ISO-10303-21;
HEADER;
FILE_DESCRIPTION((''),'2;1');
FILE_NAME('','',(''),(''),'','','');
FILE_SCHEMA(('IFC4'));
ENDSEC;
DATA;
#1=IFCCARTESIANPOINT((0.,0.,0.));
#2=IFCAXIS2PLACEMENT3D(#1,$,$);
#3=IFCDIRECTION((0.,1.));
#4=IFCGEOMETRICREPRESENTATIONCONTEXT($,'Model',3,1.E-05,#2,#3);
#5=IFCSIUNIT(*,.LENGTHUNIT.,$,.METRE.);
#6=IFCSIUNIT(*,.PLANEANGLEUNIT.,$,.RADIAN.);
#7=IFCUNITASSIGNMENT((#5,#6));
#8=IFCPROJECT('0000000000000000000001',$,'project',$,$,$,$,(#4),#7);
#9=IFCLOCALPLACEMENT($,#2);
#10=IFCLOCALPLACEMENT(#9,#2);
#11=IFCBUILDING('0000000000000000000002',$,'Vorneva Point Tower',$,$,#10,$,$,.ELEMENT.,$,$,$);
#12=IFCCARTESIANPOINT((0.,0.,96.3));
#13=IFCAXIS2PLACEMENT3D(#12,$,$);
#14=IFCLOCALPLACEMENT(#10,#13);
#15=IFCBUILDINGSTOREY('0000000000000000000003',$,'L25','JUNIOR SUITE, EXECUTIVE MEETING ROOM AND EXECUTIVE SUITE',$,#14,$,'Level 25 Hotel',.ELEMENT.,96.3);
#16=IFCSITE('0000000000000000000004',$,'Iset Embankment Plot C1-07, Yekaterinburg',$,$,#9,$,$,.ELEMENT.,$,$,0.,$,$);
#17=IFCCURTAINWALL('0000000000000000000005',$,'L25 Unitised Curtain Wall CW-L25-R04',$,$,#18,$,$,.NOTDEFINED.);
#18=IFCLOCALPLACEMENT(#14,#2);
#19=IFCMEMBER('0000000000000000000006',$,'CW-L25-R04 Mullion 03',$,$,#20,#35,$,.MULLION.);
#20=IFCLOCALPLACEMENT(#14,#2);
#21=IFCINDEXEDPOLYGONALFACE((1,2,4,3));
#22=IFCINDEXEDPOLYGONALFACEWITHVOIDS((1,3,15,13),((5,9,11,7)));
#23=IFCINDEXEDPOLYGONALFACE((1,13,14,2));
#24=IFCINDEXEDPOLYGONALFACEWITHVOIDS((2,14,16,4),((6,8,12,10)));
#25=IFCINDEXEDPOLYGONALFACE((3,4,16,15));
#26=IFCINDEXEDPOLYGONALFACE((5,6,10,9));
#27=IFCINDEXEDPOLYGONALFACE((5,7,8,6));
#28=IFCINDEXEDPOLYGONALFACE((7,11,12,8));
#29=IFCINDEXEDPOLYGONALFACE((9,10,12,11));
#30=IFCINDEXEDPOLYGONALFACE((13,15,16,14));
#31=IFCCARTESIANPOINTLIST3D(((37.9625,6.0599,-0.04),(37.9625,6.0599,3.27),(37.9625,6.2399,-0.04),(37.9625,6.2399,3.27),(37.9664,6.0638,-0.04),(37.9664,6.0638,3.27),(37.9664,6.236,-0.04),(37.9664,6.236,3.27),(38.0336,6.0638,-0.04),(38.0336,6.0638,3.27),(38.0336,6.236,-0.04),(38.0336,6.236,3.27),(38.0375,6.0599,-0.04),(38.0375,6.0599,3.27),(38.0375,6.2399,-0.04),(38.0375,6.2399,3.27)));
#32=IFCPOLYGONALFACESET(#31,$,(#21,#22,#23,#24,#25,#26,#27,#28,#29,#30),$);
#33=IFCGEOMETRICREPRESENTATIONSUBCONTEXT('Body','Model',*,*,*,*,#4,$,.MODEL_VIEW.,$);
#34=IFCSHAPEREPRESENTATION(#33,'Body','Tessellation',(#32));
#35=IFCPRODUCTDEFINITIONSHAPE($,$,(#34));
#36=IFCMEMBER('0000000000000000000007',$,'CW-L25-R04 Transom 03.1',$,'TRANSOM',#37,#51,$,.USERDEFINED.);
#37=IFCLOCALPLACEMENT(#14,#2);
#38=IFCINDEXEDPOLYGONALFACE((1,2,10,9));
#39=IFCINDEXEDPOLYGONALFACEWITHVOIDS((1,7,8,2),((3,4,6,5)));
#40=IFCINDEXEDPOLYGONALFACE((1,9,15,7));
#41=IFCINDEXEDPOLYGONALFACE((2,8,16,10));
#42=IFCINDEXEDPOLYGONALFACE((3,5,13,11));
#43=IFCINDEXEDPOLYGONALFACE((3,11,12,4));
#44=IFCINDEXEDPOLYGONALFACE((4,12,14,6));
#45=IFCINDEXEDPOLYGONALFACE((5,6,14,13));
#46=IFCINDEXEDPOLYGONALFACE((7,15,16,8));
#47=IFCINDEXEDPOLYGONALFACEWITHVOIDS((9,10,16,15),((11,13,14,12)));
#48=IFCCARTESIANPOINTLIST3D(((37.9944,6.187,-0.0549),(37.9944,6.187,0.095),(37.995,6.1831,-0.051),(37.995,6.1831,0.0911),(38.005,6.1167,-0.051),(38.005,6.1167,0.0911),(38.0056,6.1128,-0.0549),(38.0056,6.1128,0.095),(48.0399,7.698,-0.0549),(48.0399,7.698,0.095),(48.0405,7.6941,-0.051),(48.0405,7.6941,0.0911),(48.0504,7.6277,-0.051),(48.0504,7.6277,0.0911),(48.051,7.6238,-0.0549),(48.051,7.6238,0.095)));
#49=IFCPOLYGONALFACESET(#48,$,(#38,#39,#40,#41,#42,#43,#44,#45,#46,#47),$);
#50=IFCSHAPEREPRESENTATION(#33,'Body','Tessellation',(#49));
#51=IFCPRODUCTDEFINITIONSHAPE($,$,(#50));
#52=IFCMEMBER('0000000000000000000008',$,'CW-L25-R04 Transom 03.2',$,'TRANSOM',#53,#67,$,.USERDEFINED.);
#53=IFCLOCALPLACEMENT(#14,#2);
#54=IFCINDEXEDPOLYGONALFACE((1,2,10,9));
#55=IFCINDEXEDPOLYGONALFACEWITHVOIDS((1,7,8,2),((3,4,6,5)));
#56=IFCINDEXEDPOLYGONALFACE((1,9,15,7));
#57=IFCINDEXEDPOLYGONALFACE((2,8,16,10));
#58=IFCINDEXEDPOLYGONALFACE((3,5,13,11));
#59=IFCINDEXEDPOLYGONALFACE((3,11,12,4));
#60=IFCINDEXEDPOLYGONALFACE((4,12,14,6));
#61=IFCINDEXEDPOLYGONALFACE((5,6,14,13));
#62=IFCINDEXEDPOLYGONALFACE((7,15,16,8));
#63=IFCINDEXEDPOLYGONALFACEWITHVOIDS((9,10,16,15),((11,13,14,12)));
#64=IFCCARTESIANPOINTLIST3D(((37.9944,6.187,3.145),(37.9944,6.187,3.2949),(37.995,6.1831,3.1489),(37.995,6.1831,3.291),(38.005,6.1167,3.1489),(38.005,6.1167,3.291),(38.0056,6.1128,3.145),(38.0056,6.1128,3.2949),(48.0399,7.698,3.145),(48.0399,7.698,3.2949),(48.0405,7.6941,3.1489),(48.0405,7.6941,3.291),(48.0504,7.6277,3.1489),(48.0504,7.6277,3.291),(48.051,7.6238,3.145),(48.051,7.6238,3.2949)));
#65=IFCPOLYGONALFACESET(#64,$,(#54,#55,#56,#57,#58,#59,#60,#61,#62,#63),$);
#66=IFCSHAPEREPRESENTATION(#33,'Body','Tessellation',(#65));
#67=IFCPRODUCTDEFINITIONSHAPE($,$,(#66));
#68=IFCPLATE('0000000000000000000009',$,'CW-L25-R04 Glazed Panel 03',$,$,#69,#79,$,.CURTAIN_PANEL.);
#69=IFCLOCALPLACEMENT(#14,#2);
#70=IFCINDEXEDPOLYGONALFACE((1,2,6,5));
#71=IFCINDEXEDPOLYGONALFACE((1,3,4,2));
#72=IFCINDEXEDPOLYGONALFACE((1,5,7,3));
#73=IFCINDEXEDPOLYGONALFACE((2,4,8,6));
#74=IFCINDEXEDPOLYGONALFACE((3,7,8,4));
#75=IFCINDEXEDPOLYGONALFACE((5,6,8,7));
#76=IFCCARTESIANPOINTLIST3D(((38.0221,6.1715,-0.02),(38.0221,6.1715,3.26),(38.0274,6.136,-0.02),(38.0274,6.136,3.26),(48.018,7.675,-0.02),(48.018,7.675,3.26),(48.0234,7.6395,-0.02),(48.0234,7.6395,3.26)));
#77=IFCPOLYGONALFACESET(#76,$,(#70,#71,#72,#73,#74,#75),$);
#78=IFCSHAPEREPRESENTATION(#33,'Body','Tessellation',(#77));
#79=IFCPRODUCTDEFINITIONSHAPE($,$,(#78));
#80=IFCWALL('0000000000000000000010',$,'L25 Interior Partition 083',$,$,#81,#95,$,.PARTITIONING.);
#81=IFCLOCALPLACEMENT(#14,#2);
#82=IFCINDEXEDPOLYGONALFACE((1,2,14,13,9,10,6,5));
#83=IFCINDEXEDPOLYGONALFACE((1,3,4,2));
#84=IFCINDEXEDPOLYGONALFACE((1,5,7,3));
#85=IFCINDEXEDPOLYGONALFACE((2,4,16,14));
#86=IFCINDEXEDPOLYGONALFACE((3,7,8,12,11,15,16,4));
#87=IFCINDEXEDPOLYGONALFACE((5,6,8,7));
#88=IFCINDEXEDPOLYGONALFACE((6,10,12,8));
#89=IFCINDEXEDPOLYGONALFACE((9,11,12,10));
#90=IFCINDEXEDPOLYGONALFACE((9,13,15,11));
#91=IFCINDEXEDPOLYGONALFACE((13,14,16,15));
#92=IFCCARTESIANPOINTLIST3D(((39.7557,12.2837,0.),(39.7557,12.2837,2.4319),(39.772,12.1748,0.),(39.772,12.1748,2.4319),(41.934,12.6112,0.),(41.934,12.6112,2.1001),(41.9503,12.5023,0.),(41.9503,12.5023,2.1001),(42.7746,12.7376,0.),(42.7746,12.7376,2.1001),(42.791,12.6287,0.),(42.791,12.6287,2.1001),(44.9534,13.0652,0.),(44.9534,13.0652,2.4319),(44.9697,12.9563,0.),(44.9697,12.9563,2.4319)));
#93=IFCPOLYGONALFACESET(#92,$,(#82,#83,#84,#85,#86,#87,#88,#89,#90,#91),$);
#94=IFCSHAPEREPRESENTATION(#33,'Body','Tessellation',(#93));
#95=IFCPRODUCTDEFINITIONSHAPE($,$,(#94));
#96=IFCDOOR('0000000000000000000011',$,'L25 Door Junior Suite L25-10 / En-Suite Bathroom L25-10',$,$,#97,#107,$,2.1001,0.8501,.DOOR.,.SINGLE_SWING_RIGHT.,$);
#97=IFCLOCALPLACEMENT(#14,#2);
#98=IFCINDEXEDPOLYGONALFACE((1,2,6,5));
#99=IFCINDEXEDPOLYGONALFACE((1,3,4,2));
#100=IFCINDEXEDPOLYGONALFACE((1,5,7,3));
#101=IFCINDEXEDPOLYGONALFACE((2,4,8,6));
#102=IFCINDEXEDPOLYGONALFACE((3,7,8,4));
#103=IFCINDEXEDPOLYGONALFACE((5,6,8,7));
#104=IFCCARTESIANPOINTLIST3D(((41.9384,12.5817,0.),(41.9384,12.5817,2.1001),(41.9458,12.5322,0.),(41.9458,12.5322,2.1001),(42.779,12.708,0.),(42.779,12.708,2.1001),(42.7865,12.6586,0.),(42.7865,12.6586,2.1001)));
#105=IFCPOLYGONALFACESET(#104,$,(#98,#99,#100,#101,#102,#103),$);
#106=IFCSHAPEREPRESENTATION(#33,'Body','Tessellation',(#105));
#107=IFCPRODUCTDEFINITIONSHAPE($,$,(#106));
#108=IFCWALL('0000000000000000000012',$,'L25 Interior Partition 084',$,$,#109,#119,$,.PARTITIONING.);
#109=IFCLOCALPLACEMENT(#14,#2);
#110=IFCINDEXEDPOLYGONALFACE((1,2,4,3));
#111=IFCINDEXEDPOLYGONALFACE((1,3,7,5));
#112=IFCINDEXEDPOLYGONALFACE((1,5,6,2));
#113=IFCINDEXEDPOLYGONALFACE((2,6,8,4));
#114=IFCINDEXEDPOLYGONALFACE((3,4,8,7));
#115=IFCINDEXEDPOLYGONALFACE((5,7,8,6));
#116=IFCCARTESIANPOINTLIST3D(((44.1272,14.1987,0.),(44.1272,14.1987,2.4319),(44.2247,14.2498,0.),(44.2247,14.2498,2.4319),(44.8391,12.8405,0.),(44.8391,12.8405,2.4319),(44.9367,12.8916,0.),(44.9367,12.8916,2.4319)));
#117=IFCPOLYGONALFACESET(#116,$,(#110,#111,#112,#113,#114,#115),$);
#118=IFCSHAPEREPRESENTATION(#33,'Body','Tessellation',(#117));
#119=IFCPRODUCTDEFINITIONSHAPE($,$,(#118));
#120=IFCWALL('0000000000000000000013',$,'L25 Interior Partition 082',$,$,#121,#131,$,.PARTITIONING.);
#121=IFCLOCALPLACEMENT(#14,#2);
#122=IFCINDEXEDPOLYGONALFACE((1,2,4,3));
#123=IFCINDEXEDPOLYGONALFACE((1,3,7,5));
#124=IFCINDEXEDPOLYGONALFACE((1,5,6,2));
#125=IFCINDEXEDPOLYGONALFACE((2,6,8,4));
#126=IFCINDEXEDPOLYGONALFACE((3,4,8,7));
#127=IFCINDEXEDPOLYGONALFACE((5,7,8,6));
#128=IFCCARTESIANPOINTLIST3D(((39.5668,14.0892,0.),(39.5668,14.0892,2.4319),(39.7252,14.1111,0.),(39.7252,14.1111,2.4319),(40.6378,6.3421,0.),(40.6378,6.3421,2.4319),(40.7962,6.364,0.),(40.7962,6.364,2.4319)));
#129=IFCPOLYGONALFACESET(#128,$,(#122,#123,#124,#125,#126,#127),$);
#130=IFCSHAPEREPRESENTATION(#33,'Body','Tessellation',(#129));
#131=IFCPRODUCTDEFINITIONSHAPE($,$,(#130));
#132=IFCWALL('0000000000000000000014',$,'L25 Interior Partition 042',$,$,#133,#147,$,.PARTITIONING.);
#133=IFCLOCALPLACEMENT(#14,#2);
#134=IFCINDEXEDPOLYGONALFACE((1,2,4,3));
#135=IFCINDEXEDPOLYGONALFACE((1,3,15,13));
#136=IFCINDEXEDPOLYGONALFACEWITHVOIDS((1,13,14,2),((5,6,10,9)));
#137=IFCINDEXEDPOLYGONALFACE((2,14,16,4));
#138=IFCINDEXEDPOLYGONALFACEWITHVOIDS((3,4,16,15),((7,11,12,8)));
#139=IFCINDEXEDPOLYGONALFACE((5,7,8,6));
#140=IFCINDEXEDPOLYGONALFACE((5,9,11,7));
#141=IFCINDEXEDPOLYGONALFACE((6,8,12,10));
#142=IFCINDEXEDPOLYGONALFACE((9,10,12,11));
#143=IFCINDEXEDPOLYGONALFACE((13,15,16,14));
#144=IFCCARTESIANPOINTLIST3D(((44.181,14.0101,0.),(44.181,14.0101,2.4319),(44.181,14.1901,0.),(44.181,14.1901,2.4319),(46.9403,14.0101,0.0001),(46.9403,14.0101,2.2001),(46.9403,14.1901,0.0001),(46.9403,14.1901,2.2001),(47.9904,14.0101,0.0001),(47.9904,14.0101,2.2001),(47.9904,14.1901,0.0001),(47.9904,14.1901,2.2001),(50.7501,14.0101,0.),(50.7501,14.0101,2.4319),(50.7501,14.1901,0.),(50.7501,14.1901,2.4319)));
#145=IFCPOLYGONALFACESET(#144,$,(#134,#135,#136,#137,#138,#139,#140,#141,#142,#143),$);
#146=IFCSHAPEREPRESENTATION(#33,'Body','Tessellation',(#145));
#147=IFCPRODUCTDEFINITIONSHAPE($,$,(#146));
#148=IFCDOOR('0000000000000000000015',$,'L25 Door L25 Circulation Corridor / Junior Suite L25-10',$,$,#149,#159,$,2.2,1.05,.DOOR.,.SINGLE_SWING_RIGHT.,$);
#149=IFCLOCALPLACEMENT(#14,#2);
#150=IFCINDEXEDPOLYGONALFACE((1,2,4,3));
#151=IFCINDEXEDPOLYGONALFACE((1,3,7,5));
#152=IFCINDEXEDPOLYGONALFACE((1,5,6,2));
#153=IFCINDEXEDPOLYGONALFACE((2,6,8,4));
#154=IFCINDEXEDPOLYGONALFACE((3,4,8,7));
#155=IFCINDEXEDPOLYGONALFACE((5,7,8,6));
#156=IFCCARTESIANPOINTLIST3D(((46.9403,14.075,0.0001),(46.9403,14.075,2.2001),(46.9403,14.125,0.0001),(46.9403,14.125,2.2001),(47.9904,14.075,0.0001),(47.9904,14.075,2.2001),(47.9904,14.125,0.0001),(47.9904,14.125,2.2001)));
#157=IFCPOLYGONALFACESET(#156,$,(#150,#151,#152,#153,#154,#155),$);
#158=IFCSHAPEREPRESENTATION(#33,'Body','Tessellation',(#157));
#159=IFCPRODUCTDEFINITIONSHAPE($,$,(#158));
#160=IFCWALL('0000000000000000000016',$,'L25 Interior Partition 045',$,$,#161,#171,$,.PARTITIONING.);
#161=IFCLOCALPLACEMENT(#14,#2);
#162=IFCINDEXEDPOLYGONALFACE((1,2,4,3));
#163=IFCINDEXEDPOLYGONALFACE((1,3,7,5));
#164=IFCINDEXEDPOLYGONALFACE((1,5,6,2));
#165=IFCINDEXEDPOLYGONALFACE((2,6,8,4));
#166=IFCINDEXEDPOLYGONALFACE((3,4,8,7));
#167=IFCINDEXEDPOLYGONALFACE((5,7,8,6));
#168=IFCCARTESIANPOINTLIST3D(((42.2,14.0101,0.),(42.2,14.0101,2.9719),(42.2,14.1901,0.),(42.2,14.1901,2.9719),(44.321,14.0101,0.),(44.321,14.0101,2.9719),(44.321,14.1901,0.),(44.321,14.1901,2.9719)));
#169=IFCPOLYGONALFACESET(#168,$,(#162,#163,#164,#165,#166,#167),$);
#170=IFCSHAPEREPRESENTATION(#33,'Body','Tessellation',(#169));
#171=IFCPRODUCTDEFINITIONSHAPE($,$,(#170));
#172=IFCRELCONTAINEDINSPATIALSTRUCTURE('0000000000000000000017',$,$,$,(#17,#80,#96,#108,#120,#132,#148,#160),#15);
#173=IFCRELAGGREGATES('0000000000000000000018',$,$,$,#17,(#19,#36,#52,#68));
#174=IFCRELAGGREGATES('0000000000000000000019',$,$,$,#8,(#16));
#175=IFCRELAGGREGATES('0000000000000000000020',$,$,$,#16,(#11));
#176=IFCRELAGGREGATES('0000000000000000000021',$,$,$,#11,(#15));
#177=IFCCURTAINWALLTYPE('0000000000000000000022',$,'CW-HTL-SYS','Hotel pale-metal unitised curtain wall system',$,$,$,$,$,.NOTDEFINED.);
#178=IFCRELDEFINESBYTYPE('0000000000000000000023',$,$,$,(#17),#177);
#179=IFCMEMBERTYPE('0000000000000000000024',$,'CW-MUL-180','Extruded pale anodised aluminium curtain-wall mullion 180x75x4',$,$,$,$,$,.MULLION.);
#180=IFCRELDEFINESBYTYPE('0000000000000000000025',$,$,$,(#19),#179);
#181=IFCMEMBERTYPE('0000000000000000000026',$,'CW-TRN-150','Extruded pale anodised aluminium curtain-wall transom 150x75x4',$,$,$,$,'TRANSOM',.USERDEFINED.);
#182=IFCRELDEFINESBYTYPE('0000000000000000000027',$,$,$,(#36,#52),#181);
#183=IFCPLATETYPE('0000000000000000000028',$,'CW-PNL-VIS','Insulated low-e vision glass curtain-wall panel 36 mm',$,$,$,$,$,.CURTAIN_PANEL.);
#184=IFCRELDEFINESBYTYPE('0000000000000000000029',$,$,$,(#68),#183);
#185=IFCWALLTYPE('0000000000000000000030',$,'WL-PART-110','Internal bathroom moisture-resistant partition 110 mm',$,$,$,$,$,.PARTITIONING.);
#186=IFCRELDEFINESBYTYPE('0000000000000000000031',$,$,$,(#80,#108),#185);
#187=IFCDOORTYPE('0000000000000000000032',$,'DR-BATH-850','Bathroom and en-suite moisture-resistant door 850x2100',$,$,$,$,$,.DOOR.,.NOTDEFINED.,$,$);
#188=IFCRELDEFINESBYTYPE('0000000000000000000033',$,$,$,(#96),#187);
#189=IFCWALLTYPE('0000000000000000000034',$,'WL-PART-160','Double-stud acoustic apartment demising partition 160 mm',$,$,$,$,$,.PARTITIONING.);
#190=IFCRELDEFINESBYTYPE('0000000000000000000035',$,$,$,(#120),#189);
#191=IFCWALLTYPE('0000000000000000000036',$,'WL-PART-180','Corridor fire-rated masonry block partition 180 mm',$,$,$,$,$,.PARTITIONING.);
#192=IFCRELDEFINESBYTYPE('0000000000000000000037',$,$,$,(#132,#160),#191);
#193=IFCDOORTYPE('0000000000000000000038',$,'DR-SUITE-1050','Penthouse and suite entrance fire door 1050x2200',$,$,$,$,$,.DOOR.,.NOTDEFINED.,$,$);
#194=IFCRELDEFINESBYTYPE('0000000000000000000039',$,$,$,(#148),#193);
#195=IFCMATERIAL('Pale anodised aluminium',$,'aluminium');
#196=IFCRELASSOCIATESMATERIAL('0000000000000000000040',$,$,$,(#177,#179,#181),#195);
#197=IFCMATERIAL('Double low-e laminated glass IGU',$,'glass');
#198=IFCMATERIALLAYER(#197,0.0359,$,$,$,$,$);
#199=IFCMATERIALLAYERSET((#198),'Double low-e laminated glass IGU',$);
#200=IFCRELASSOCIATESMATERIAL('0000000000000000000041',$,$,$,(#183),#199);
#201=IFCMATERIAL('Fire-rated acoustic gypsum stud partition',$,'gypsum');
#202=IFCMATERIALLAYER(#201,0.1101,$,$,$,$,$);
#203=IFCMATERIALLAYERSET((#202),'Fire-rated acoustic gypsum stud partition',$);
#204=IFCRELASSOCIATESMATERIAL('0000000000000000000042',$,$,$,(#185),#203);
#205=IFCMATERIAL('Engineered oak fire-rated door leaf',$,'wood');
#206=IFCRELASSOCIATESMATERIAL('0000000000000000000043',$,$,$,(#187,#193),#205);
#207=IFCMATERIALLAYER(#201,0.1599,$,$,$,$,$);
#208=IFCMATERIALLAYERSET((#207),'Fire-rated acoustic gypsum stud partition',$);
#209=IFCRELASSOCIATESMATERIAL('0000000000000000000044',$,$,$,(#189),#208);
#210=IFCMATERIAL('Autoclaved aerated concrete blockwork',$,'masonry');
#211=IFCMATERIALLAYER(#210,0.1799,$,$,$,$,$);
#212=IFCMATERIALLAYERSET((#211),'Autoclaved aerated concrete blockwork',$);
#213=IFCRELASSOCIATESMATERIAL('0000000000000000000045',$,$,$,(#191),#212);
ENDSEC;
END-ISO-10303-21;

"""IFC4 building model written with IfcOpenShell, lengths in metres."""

from ifc_helpers import new_model, si_unit, direction, frame, frame_2d, origin, origin_2d, place, context, subcontext, project, spatial, rectangle, hollow_rectangle, extrude, material, layer, layer_set, material_profile, profile_set, type_object, element, fill, aggregate, save


model = new_model("IFC4")

# Units and contexts
model_context = context("Model", 3, precision=1e-05, world=origin(), true_north=direction((0.0, 1.0)))
body_context = subcontext(model_context, "Body", "Model", "MODEL_VIEW")
ifc_project = project(units=[si_unit("LENGTHUNIT", "METRE"), si_unit("PLANEANGLEUNIT", "RADIAN")], contexts=[model_context])

# Site, building, storey
site_placement = place(None, origin())
site = spatial("IfcSite", under=ifc_project, at=site_placement, Name="Iset Embankment Plot C1-07, Yekaterinburg", CompositionType="ELEMENT", RefElevation=0.0)
building_placement = place(site_placement, origin())
building = spatial("IfcBuilding", under=site, at=building_placement, Name="Vorneva Point Tower", CompositionType="ELEMENT")
storey_placement = place(building_placement, frame((0.0, 0.0, 96.3)))
storey = spatial("IfcBuildingStorey", under=building, at=storey_placement, Name="L25", Description="JUNIOR SUITE, EXECUTIVE MEETING ROOM AND EXECUTIVE SUITE", LongName="Level 25 Hotel", CompositionType="ELEMENT", Elevation=96.3)

# Curtain wall, members, plate
ifc_material_1 = material(Name="Pale anodised aluminium", Category="aluminium")
curtain_wall_type = type_object("IfcCurtainWallType", Name="CW-HTL-SYS", Description="Hotel pale-metal unitised curtain wall system", PredefinedType="NOTDEFINED", material=ifc_material_1)
curtain_wall_placement = place(storey_placement, origin())
curtain_wall = element("IfcCurtainWall", 1, at=curtain_wall_placement, inside=storey, type_object=curtain_wall_type, Name="L25 Unitised Curtain Wall CW-L25-R04", PredefinedType="NOTDEFINED")
ifc_material_profile_1 = material_profile(ifc_material_1, hollow_rectangle(XDim=0.075, YDim=0.1799, WallThickness=0.0039, at=origin_2d()), Name="AL-MUL 180x75x4")
ifc_profile_set_1 = profile_set([ifc_material_profile_1], Name="Pale anodised aluminium")
member_type_1 = type_object("IfcMemberType", Name="CW-MUL-180", Description="Extruded pale anodised aluminium curtain-wall mullion 180x75x4", PredefinedType="MULLION", material=ifc_profile_set_1)
member_1_placement = place(storey_placement, frame((38.0, 6.1499, -0.04), z_axis=(0.0, 0.0, 1.0), x_axis=(1.0, 0.0, 0.0)))
member_1 = element("IfcMember", 2, at=member_1_placement, type_object=member_type_1, Name="CW-L25-R04 Mullion 03", PredefinedType="MULLION", context=body_context, shape_type="SweptSolid", body=[
    extrude(hollow_rectangle(XDim=0.075, YDim=0.1799, WallThickness=0.0039, at=origin_2d()), origin(), (0.0, 0.0, 1.0), 3.3101),
])
ifc_material_profile_2 = material_profile(ifc_material_1, hollow_rectangle(XDim=0.075, YDim=0.1499, WallThickness=0.0039, at=origin_2d()), Name="AL-TRN 150x75x4")
ifc_profile_set_2 = profile_set([ifc_material_profile_2], Name="Pale anodised aluminium")
member_type_2 = type_object("IfcMemberType", Name="CW-TRN-150", Description="Extruded pale anodised aluminium curtain-wall transom 150x75x4", ElementType="TRANSOM", PredefinedType="USERDEFINED", material=ifc_profile_set_2)
member_2_placement = place(storey_placement, frame((38.0, 6.1499, 0.02), z_axis=(0.988876, 0.148742, 0.0), x_axis=(-0.148742, 0.988876, 0.0)))
member_2 = element("IfcMember", 3, at=member_2_placement, type_object=member_type_2, Name="CW-L25-R04 Transom 03.1", ObjectType="TRANSOM", PredefinedType="USERDEFINED", context=body_context, shape_type="SweptSolid", body=[
    extrude(hollow_rectangle(XDim=0.075, YDim=0.1499, WallThickness=0.0039, at=origin_2d()), origin(), (0.0, 0.0, 1.0), 10.1584),
])
member_3_placement = place(storey_placement, frame((38.0, 6.1499, 3.22), z_axis=(0.988876, 0.148742, 0.0), x_axis=(-0.148742, 0.988876, 0.0)))
member_3 = element("IfcMember", 4, at=member_3_placement, type_object=member_type_2, Name="CW-L25-R04 Transom 03.2", ObjectType="TRANSOM", PredefinedType="USERDEFINED", context=body_context, shape_type="SweptSolid", body=[
    extrude(hollow_rectangle(XDim=0.075, YDim=0.1499, WallThickness=0.0039, at=origin_2d()), origin(), (0.0, 0.0, 1.0), 10.1584),
])
ifc_material_2 = material(Name="Double low-e laminated glass IGU", Category="glass")
ifc_layer_1 = layer(ifc_material_2, 0.0359)
ifc_layer_set_1 = layer_set([ifc_layer_1], Name="Double low-e laminated glass IGU")
plate_type = type_object("IfcPlateType", Name="CW-PNL-VIS", Description="Insulated low-e vision glass curtain-wall panel 36 mm", PredefinedType="CURTAIN_PANEL", material=ifc_layer_set_1)
plate_placement = place(storey_placement, frame((43.0227, 6.9055, -0.02), z_axis=(0.0, 0.0, 1.0), x_axis=(0.988876, 0.148741, 0.0)))
plate = element("IfcPlate", 5, at=plate_placement, type_object=plate_type, Name="CW-L25-R04 Glazed Panel 03", PredefinedType="CURTAIN_PANEL", context=body_context, shape_type="SweptSolid", body=[
    extrude(rectangle(XDim=10.1084, YDim=0.0359, at=origin_2d()), origin(), (0.0, 0.0, 1.0), 3.28),
])
aggregate(curtain_wall, [member_1, member_2, member_3, plate])

# Wall, opening, door
ifc_material_3 = material(Name="Fire-rated acoustic gypsum stud partition", Category="gypsum")
ifc_layer_2 = layer(ifc_material_3, 0.1101)
ifc_layer_set_2 = layer_set([ifc_layer_2], Name="Fire-rated acoustic gypsum stud partition")
wall_type_1 = type_object("IfcWallType", Name="WL-PART-110", Description="Internal bathroom moisture-resistant partition 110 mm", PredefinedType="PARTITIONING", material=ifc_layer_set_2)
wall_1_placement = place(storey_placement, frame((44.9614, 13.0107, 0.0), z_axis=(0.0, 0.0, 1.0), x_axis=(-0.988885, -0.148681, 0.0)))
wall_1 = element("IfcWall", 6, at=wall_1_placement, inside=storey, type_object=wall_type_1, Name="L25 Interior Partition 083", PredefinedType="PARTITIONING", context=body_context, shape_type="SweptSolid", body=[
    extrude(rectangle(XDim=5.2561, YDim=0.1101, at=frame_2d((2.6279, 0.0))), origin(), (0.0, 0.0, 1.0), 2.4319),
])
opening_1_placement = place(wall_1_placement, frame((2.2031, 0.0, 0.0)))
opening_1 = element("IfcOpeningElement", 7, at=opening_1_placement, cuts=wall_1, PredefinedType="OPENING", context=body_context, shape_type="SweptSolid", body=[
    extrude(rectangle(XDim=0.8501, YDim=2.1001, at=frame_2d((0.425, 1.05))), frame((0.0, 0.0698, 0.0), z_axis=(0.0, -1.0, 0.0), x_axis=(1.0, 0.0, 0.0)), (0.0, 0.0, 1.0), 0.1399),
])
ifc_material_4 = material(Name="Engineered oak fire-rated door leaf", Category="wood")
door_type_1 = type_object("IfcDoorType", Name="DR-BATH-850", Description="Bathroom and en-suite moisture-resistant door 850x2100", OperationType="NOTDEFINED", PredefinedType="DOOR", material=ifc_material_4)
door_1_placement = place(opening_1_placement, origin())
door_1 = element("IfcDoor", 8, at=door_1_placement, inside=storey, type_object=door_type_1, Name="L25 Door Junior Suite L25-10 / En-Suite Bathroom L25-10", OperationType="SINGLE_SWING_RIGHT", OverallHeight=2.1001, OverallWidth=0.8501, PredefinedType="DOOR", context=body_context, shape_type="SweptSolid", body=[
    extrude(rectangle(XDim=0.8501, YDim=2.1001, at=frame_2d((0.425, 1.05))), frame((0.0, 0.0249, 0.0), z_axis=(0.0, -1.0, 0.0), x_axis=(1.0, 0.0, 0.0)), (0.0, 0.0, 1.0), 0.05),
])
fill(opening_1, door_1)

# Walls
wall_2_placement = place(storey_placement, frame((44.176, 14.2241, 0.0), z_axis=(0.0, 0.0, 1.0), x_axis=(0.464263, -0.885697, 0.0)))
element("IfcWall", 9, at=wall_2_placement, inside=storey, type_object=wall_type_1, Name="L25 Interior Partition 084", PredefinedType="PARTITIONING", context=body_context, shape_type="SweptSolid", body=[
    extrude(rectangle(XDim=1.5334, YDim=0.1101, at=frame_2d((0.7666, 0.0))), origin(), (0.0, 0.0, 1.0), 2.4319),
])
ifc_layer_3 = layer(ifc_material_3, 0.1599)
ifc_layer_set_3 = layer_set([ifc_layer_3], Name="Fire-rated acoustic gypsum stud partition")
wall_type_2 = type_object("IfcWallType", Name="WL-PART-160", Description="Double-stud acoustic apartment demising partition 160 mm", PredefinedType="PARTITIONING", material=ifc_layer_set_3)
wall_3_placement = place(storey_placement, frame((40.717, 6.353, 0.0), z_axis=(0.0, 0.0, 1.0), x_axis=(-0.136949, 0.990578, 0.0)))
element("IfcWall", 10, at=wall_3_placement, inside=storey, type_object=wall_type_2, Name="L25 Interior Partition 082", PredefinedType="PARTITIONING", context=body_context, shape_type="SweptSolid", body=[
    extrude(rectangle(XDim=7.8208, YDim=0.1599, at=frame_2d((3.9104, 0.0))), origin(), (0.0, 0.0, 1.0), 2.4319),
])

# Wall, opening, door
ifc_material_5 = material(Name="Autoclaved aerated concrete blockwork", Category="masonry")
ifc_layer_4 = layer(ifc_material_5, 0.1799)
ifc_layer_set_4 = layer_set([ifc_layer_4], Name="Autoclaved aerated concrete blockwork")
wall_type_3 = type_object("IfcWallType", Name="WL-PART-180", Description="Corridor fire-rated masonry block partition 180 mm", PredefinedType="PARTITIONING", material=ifc_layer_set_4)
wall_4_placement = place(storey_placement, frame((44.1809, 14.1001, 0.0), z_axis=(0.0, 0.0, 1.0), x_axis=(1.0, 0.0, 0.0)))
wall_4 = element("IfcWall", 11, at=wall_4_placement, inside=storey, type_object=wall_type_3, Name="L25 Interior Partition 042", PredefinedType="PARTITIONING", context=body_context, shape_type="SweptSolid", body=[
    extrude(rectangle(XDim=6.5691, YDim=0.1799, at=frame_2d((3.2847, 0.0))), origin(), (0.0, 0.0, 1.0), 2.4319),
])
opening_2_placement = place(wall_4_placement, frame((2.7595, 0.0, 0.0)))
opening_2 = element("IfcOpeningElement", 12, at=opening_2_placement, cuts=wall_4, PredefinedType="OPENING", context=body_context, shape_type="SweptSolid", body=[
    extrude(rectangle(XDim=1.05, YDim=2.2, at=frame_2d((0.5249, 1.1001))), frame((0.0, 0.105, 0.0), z_axis=(0.0, -1.0, 0.0), x_axis=(1.0, 0.0, 0.0)), (0.0, 0.0, 1.0), 0.2097),
])
door_type_2 = type_object("IfcDoorType", Name="DR-SUITE-1050", Description="Penthouse and suite entrance fire door 1050x2200", OperationType="NOTDEFINED", PredefinedType="DOOR", material=ifc_material_4)
door_2_placement = place(opening_2_placement, origin())
door_2 = element("IfcDoor", 13, at=door_2_placement, inside=storey, type_object=door_type_2, Name="L25 Door L25 Circulation Corridor / Junior Suite L25-10", OperationType="SINGLE_SWING_RIGHT", OverallHeight=2.2, OverallWidth=1.05, PredefinedType="DOOR", context=body_context, shape_type="SweptSolid", body=[
    extrude(rectangle(XDim=1.05, YDim=2.2, at=frame_2d((0.5249, 1.1001))), frame((0.0, 0.0249, 0.0), z_axis=(0.0, -1.0, 0.0), x_axis=(1.0, 0.0, 0.0)), (0.0, 0.0, 1.0), 0.05),
])
fill(opening_2, door_2)

# Wall
wall_5_placement = place(storey_placement, frame((42.2, 14.1001, 0.0), z_axis=(0.0, 0.0, 1.0), x_axis=(1.0, 0.0, 0.0)))
element("IfcWall", 14, at=wall_5_placement, inside=storey, type_object=wall_type_3, Name="L25 Interior Partition 045", PredefinedType="PARTITIONING", context=body_context, shape_type="SweptSolid", body=[
    extrude(rectangle(XDim=2.1211, YDim=0.1799, at=frame_2d((1.0605, 0.0))), origin(), (0.0, 0.0, 1.0), 2.9719),
])

save(model, "model.ifc")
